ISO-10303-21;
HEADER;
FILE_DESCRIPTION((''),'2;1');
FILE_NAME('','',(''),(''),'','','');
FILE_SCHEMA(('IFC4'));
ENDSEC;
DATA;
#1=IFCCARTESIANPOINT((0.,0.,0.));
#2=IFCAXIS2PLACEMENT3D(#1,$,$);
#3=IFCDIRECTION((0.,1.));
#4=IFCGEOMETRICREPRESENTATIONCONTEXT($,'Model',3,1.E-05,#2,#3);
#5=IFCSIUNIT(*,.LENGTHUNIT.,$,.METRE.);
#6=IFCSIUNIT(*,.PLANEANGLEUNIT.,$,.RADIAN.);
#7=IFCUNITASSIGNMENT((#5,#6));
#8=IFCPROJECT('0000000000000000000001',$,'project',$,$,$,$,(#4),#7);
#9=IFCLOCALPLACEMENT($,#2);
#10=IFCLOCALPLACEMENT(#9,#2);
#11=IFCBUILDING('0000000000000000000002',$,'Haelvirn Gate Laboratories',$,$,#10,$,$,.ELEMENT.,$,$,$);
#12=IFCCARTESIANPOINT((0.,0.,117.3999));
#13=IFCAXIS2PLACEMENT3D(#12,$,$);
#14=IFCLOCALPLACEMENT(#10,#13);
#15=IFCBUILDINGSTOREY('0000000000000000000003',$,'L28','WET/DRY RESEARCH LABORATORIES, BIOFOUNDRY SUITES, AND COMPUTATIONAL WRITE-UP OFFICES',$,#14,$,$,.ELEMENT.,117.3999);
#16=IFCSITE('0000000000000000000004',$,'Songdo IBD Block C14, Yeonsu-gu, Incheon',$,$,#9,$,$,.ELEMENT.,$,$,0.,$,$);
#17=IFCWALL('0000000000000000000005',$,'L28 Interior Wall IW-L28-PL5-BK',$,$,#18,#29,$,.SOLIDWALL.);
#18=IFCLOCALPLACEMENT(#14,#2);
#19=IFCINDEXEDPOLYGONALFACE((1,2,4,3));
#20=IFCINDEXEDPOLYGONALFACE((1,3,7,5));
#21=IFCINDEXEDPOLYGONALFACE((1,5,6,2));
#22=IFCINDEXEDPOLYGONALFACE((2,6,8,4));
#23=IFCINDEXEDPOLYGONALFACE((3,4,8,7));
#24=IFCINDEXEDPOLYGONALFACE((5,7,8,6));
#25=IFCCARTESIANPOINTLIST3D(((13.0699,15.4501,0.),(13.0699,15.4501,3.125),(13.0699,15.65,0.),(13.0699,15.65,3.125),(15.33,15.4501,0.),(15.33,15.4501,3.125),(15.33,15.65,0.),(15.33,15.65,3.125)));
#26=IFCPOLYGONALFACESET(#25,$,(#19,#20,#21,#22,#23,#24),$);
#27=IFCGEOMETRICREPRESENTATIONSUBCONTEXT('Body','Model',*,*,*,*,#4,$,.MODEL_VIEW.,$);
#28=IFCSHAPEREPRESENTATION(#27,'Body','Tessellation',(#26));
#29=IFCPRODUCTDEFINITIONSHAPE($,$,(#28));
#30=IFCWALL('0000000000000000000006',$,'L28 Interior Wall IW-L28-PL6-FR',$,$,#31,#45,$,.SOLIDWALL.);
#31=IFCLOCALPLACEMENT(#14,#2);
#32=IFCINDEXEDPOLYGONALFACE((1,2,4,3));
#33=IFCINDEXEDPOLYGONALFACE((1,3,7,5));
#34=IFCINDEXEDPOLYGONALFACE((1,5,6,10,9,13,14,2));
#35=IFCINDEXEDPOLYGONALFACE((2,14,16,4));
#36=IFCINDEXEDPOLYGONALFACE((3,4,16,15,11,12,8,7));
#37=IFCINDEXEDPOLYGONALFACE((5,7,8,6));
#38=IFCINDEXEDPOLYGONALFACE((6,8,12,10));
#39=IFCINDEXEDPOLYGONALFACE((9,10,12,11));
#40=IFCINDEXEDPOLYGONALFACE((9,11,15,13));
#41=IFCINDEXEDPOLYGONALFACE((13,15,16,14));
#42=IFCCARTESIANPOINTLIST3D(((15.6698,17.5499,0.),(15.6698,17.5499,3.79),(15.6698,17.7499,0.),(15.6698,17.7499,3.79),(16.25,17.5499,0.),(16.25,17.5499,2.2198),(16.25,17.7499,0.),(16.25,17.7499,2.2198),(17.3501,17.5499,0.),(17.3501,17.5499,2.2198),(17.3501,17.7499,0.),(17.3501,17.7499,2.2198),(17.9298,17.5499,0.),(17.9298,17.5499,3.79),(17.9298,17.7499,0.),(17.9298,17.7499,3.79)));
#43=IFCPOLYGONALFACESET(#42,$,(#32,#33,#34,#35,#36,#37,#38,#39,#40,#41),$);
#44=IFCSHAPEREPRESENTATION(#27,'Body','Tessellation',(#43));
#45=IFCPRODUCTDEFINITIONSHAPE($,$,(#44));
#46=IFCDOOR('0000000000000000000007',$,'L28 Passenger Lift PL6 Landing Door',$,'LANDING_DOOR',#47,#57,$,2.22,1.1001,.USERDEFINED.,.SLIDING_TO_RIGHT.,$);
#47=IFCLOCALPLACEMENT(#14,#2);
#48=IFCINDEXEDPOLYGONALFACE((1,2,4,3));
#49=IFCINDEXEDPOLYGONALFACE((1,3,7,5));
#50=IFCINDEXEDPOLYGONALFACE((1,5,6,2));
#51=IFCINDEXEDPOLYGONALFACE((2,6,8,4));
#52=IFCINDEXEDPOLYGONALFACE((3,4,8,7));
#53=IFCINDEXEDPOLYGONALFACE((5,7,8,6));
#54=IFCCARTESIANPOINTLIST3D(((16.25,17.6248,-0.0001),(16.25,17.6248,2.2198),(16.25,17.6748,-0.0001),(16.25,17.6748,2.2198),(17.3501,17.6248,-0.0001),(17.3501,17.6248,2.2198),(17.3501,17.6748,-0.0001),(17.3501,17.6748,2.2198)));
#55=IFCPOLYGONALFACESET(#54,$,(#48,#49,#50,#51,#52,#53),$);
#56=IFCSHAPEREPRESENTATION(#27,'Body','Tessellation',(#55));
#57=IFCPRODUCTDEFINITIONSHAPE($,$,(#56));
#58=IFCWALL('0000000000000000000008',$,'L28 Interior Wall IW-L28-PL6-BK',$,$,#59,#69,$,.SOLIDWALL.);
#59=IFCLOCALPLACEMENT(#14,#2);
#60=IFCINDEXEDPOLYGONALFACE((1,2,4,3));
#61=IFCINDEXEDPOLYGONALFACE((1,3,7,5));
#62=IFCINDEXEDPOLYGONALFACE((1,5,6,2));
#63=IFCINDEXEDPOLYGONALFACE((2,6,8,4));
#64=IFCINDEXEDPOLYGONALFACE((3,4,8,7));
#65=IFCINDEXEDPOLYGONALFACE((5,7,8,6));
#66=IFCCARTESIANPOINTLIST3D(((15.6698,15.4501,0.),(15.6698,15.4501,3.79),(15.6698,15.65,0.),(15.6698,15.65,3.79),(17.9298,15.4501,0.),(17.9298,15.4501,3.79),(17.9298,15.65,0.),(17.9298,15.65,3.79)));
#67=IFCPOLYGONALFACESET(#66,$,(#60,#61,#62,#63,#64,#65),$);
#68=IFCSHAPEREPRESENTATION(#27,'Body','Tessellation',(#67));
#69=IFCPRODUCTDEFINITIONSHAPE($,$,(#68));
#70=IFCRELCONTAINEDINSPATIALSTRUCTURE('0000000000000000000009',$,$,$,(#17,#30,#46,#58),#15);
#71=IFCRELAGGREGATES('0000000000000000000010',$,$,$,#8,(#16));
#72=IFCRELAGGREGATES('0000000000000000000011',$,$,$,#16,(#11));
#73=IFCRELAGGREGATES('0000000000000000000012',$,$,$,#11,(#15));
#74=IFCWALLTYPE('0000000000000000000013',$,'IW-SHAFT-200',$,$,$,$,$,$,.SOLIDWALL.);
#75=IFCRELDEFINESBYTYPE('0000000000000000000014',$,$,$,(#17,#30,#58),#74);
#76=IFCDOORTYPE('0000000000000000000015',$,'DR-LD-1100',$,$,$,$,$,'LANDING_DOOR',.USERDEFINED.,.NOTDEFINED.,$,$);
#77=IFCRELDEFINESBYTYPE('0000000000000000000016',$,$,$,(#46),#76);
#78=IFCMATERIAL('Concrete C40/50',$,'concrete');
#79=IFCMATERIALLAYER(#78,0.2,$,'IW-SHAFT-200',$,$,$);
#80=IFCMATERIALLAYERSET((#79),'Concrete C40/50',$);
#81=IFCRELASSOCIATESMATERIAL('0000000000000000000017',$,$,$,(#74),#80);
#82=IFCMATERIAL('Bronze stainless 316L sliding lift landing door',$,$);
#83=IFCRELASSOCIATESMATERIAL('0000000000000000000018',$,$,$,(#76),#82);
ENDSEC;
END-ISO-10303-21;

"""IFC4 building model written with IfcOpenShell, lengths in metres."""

from ifc_helpers import new_model, si_unit, direction, frame, frame_2d, origin, place, context, subcontext, project, spatial, rectangle, extrude, source, transform, mapped, material, layer, layer_set, type_object, type_shapes, element, fill, save


model = new_model("IFC4")

# Units and contexts
model_context = context("Model", 3, precision=1e-05, world=origin(), true_north=direction((0.0, 1.0)))
body_context = subcontext(model_context, "Body", "Model", "MODEL_VIEW")
ifc_project = project(units=[si_unit("LENGTHUNIT", "METRE"), si_unit("PLANEANGLEUNIT", "RADIAN")], contexts=[model_context])

# Site, building, storey
site_placement = place(None, origin())
site = spatial("IfcSite", under=ifc_project, at=site_placement, Name="Songdo IBD Block C14, Yeonsu-gu, Incheon", CompositionType="ELEMENT", RefElevation=0.0)
building_placement = place(site_placement, origin())
building = spatial("IfcBuilding", under=site, at=building_placement, Name="Haelvirn Gate Laboratories", CompositionType="ELEMENT")
storey_placement = place(building_placement, frame((0.0, 0.0, 117.3999)))
storey = spatial("IfcBuildingStorey", under=building, at=storey_placement, Name="L28", Description="WET/DRY RESEARCH LABORATORIES, BIOFOUNDRY SUITES, AND COMPUTATIONAL WRITE-UP OFFICES", CompositionType="ELEMENT", Elevation=117.3999)

# Shared definitions
ifc_material_1 = material(Name="Concrete C40/50", Category="concrete")

# Shared definitions
ifc_layer_1 = layer(ifc_material_1, 0.2, Name="IW-SHAFT-200")
ifc_layer_set_1 = layer_set([ifc_layer_1], Name="Concrete C40/50")
wall_type_1 = type_object("IfcWallType", Name="IW-SHAFT-200", PredefinedType="SOLIDWALL", material=ifc_layer_set_1)
ifc_material_2 = material(Name="Bronze stainless 316L sliding lift landing door")
door_type_1 = type_object("IfcDoorType", Name="DR-LD-1100", ElementType="LANDING_DOOR", OperationType="NOTDEFINED", PredefinedType="USERDEFINED", material=ifc_material_2)
shared_shape_1 = source(origin(), body_context, "Body", "SweptSolid", [
    extrude(rectangle(XDim=1.1001, YDim=2.22, at=frame_2d((0.55, 1.1099))), frame((0.0, 0.0249, 0.0), z_axis=(0.0, -1.0, 0.0), x_axis=(1.0, 0.0, 0.0)), (0.0, 0.0, 1.0), 0.05),
])
type_shapes(door_type_1, [shared_shape_1])

# Wall
wall_1_placement = place(storey_placement, frame((13.0701, 15.55, 0.0), z_axis=(0.0, 0.0, 1.0), x_axis=(1.0, 0.0, 0.0)))
element("IfcWall", 1, at=wall_1_placement, inside=storey, type_object=wall_type_1, Name="L28 Interior Wall IW-L28-PL5-BK", PredefinedType="SOLIDWALL", context=body_context, shape_type="SweptSolid", body=[
    extrude(rectangle(XDim=2.26, YDim=0.2, at=frame_2d((1.1299, 0.0))), origin(), (0.0, 0.0, 1.0), 3.125),
])

# Wall, opening, door
wall_2_placement = place(storey_placement, frame((15.6699, 17.6499, 0.0), z_axis=(0.0, 0.0, 1.0), x_axis=(1.0, 0.0, 0.0)))
wall_2 = element("IfcWall", 2, at=wall_2_placement, inside=storey, type_object=wall_type_1, Name="L28 Interior Wall IW-L28-PL6-FR", PredefinedType="SOLIDWALL", context=body_context, shape_type="SweptSolid", body=[
    extrude(rectangle(XDim=2.26, YDim=0.2, at=frame_2d((1.1299, 0.0))), origin(), (0.0, 0.0, 1.0), 3.79),
])
opening_1_placement = place(wall_2_placement, frame((0.5801, 0.0, 0.0)))
opening_1 = element("IfcOpeningElement", 3, at=opening_1_placement, cuts=wall_2, PredefinedType="OPENING", context=body_context, shape_type="SweptSolid", body=[
    extrude(rectangle(XDim=1.1001, YDim=2.22, at=frame_2d((0.55, 1.1099))), frame((0.0, 0.1099, 0.0), z_axis=(0.0, -1.0, 0.0), x_axis=(1.0, 0.0, 0.0)), (0.0, 0.0, 1.0), 0.22),
])
door_1_placement = place(opening_1_placement, origin())
door_1 = element("IfcDoor", 4, at=door_1_placement, inside=storey, type_object=door_type_1, Name="L28 Passenger Lift PL6 Landing Door", ObjectType="LANDING_DOOR", OperationType="SLIDING_TO_RIGHT", OverallHeight=2.22, OverallWidth=1.1001, PredefinedType="USERDEFINED", context=body_context, shape_type="MappedRepresentation", body=[
    mapped(shared_shape_1, transform((0.0, 0.0, 0.0), scale=1.0)),
])
fill(opening_1, door_1)

# Wall
wall_3_placement = place(storey_placement, frame((15.6699, 15.55, 0.0), z_axis=(0.0, 0.0, 1.0), x_axis=(1.0, 0.0, 0.0)))
element("IfcWall", 5, at=wall_3_placement, inside=storey, type_object=wall_type_1, Name="L28 Interior Wall IW-L28-PL6-BK", PredefinedType="SOLIDWALL", context=body_context, shape_type="SweptSolid", body=[
    extrude(rectangle(XDim=2.26, YDim=0.2, at=frame_2d((1.1299, 0.0))), origin(), (0.0, 0.0, 1.0), 3.79),
])

save(model, "model.ifc")
